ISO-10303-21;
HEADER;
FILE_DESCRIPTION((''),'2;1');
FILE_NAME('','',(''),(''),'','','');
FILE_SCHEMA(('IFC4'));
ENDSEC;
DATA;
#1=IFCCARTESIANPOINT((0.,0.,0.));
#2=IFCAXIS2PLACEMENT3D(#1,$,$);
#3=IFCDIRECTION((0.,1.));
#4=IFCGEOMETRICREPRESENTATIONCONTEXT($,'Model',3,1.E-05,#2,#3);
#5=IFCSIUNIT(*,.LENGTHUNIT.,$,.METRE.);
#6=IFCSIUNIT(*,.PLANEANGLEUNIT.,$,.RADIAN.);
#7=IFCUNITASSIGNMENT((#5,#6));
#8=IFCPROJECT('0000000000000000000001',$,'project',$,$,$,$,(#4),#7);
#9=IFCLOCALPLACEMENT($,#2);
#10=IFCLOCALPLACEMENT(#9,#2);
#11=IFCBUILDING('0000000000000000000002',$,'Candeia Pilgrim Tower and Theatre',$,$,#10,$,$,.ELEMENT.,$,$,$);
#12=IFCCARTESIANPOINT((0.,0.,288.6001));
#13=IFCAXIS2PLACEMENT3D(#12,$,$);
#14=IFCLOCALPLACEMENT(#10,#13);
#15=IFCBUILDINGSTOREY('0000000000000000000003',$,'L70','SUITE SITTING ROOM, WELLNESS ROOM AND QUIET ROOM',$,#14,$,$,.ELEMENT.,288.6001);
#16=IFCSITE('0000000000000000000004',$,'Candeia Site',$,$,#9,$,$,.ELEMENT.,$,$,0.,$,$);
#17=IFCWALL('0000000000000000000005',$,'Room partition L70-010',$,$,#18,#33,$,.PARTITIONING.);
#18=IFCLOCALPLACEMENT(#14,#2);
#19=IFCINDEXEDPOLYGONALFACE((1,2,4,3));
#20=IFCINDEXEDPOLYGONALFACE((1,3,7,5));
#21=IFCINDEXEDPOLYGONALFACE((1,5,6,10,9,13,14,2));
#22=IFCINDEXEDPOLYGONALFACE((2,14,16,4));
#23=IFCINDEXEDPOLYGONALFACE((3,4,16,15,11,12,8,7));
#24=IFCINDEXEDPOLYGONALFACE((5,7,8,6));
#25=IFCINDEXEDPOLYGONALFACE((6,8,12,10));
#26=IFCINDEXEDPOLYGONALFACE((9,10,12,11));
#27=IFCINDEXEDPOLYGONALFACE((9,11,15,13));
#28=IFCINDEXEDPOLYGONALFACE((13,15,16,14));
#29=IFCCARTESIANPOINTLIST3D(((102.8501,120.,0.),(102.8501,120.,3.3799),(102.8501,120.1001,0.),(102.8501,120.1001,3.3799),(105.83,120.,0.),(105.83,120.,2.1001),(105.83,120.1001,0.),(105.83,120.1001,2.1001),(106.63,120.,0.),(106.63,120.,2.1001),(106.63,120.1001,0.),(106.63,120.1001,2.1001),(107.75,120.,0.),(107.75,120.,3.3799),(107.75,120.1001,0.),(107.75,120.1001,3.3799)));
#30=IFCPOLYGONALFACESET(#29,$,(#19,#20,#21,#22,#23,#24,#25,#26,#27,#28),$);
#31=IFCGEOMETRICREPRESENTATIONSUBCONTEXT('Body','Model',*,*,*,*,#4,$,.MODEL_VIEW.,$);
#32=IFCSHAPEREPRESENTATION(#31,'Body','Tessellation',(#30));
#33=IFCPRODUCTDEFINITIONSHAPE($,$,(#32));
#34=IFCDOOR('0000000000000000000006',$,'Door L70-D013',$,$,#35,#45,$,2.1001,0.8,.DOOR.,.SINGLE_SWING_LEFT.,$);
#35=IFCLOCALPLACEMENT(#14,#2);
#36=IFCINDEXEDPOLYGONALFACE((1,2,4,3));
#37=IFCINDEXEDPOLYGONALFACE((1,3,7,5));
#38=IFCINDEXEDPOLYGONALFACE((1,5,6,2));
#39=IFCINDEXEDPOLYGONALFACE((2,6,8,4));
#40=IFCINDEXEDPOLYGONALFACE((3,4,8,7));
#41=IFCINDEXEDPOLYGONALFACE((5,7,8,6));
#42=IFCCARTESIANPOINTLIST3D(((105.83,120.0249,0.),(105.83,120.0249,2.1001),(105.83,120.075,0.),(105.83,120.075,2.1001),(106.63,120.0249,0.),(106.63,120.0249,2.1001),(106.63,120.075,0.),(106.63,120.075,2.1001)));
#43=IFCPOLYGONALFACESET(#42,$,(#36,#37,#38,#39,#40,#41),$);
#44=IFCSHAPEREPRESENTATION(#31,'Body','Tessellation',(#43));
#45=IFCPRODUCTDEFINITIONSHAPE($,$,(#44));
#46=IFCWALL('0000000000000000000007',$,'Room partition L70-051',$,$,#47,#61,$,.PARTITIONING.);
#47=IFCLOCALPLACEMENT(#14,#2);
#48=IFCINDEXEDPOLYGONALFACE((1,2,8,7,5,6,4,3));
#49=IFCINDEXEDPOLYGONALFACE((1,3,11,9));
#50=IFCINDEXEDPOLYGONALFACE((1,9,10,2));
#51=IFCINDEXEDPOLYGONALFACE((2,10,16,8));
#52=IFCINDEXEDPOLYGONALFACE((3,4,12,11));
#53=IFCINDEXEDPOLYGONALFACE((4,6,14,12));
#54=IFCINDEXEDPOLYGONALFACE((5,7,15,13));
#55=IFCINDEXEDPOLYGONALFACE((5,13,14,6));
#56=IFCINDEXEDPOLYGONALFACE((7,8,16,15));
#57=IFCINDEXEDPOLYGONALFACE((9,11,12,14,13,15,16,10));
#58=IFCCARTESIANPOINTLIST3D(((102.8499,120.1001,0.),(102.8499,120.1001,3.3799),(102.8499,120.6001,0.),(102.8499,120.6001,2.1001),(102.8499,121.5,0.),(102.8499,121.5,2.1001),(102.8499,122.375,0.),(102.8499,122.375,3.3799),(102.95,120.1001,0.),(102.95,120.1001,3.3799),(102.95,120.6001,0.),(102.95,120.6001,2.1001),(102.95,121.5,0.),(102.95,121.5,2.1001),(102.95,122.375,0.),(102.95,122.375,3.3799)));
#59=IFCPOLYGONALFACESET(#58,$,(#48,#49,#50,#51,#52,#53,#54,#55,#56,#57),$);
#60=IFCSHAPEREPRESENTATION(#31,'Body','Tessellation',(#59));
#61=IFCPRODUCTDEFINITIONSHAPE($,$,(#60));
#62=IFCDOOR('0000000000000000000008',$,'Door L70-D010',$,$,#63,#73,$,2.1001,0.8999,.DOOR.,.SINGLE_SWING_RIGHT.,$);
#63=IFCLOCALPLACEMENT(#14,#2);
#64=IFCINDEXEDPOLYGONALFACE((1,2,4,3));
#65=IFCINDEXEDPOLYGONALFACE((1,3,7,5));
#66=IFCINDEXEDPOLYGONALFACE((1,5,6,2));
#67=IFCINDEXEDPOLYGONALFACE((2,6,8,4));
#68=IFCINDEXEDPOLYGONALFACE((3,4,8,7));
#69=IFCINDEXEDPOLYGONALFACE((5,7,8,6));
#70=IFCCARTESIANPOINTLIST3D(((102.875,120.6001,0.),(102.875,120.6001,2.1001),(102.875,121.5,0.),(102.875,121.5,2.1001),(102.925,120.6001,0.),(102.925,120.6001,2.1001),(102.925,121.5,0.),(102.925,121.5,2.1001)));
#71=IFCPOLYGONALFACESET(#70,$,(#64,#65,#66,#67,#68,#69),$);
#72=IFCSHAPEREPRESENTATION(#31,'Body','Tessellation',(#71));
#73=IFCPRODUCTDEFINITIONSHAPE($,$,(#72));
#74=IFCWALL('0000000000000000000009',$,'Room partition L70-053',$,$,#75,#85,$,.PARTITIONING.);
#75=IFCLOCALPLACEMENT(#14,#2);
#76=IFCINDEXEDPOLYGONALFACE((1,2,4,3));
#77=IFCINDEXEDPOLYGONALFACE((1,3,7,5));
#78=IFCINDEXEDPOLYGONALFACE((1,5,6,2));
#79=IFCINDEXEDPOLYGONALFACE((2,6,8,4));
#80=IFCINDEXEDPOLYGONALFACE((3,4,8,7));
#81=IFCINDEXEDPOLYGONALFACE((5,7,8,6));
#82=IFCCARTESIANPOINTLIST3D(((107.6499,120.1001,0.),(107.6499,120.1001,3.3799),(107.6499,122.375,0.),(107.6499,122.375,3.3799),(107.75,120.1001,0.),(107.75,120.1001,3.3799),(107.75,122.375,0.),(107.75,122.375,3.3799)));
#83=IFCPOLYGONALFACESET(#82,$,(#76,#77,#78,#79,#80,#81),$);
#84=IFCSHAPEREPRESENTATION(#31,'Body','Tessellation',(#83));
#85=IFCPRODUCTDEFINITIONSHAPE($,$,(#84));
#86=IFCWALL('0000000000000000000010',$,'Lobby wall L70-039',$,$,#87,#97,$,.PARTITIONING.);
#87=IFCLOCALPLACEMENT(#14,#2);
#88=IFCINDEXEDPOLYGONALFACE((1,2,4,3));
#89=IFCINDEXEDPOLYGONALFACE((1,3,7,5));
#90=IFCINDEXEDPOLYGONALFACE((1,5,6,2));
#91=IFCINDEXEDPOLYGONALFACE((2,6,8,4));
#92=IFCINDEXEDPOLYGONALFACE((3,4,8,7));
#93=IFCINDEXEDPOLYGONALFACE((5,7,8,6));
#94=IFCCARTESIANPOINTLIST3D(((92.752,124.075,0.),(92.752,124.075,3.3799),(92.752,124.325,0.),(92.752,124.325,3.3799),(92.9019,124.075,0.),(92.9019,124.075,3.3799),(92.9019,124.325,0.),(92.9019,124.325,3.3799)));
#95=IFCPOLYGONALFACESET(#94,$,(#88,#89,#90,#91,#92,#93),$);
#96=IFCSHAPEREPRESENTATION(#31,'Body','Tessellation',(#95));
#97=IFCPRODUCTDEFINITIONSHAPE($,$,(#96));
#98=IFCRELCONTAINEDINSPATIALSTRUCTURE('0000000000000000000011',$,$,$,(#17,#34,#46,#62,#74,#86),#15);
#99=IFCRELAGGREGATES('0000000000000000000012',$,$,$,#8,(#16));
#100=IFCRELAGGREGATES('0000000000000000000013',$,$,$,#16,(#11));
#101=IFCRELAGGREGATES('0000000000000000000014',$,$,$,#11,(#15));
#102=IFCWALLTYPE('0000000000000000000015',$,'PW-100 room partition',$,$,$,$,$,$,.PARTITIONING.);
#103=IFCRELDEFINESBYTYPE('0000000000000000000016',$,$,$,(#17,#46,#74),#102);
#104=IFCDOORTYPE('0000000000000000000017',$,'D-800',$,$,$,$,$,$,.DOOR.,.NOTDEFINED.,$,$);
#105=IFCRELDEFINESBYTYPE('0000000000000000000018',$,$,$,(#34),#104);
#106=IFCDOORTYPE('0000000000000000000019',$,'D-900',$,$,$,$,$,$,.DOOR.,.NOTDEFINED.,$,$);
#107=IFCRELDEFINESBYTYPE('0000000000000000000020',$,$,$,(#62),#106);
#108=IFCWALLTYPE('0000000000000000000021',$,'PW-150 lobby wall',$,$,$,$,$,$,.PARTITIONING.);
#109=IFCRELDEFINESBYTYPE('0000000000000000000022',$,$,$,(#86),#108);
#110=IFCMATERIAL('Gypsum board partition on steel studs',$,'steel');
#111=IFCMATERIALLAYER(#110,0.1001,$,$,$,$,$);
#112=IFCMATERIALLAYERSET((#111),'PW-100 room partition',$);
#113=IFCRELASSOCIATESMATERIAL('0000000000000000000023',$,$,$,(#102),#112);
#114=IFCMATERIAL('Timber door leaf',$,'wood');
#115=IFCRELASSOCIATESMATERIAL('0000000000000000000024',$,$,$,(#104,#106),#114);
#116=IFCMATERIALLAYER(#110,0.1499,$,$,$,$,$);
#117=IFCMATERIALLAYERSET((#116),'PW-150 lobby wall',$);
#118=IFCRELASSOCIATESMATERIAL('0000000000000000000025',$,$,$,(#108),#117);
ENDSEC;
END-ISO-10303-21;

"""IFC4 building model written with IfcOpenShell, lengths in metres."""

from ifc_helpers import new_model, si_unit, direction, frame, frame_2d, origin, place, context, subcontext, project, spatial, rectangle, extrude, material, layer, layer_set, type_object, element, fill, save


model = new_model("IFC4")

# Units and contexts
model_context = context("Model", 3, precision=1e-05, world=origin(), true_north=direction((0.0, 1.0)))
body_context = subcontext(model_context, "Body", "Model", "MODEL_VIEW")
ifc_project = project(units=[si_unit("LENGTHUNIT", "METRE"), si_unit("PLANEANGLEUNIT", "RADIAN")], contexts=[model_context])

# Site, building, storey
site_placement = place(None, origin())
site = spatial("IfcSite", under=ifc_project, at=site_placement, Name="Candeia Site", CompositionType="ELEMENT", RefElevation=0.0)
building_placement = place(site_placement, origin())
building = spatial("IfcBuilding", under=site, at=building_placement, Name="Candeia Pilgrim Tower and Theatre", CompositionType="ELEMENT")
storey_placement = place(building_placement, frame((0.0, 0.0, 288.6001)))
storey = spatial("IfcBuildingStorey", under=building, at=storey_placement, Name="L70", Description="SUITE SITTING ROOM, WELLNESS ROOM AND QUIET ROOM", CompositionType="ELEMENT", Elevation=288.6001)

# Walls, openings, doors
ifc_material_1 = material(Name="Gypsum board partition on steel studs", Category="steel")
ifc_layer_1 = layer(ifc_material_1, 0.1001)
ifc_layer_set_1 = layer_set([ifc_layer_1], Name="PW-100 room partition")
wall_type_1 = type_object("IfcWallType", Name="PW-100 room partition", PredefinedType="PARTITIONING", material=ifc_layer_set_1)
wall_1_placement = place(storey_placement, frame((102.8501, 120.05, 0.0), z_axis=(0.0, 0.0, 1.0), x_axis=(1.0, 0.0, 0.0)))
wall_1 = element("IfcWall", 1, at=wall_1_placement, inside=storey, type_object=wall_type_1, Name="Room partition L70-010", PredefinedType="PARTITIONING", context=body_context, shape_type="SweptSolid", body=[
    extrude(rectangle(XDim=4.8999, YDim=0.1001, at=frame_2d((2.45, 0.0))), origin(), (0.0, 0.0, 1.0), 3.3799),
])
opening_1_placement = place(wall_1_placement, frame((2.98, 0.0, 0.0)))
opening_1 = element("IfcOpeningElement", 2, at=opening_1_placement, cuts=wall_1, PredefinedType="OPENING", context=body_context, shape_type="SweptSolid", body=[
    extrude(rectangle(XDim=0.8, YDim=2.1001, at=frame_2d((0.3999, 1.05))), frame((0.0, 0.0601, 0.0), z_axis=(0.0, -1.0, 0.0), x_axis=(1.0, 0.0, 0.0)), (0.0, 0.0, 1.0), 0.1201),
])
ifc_material_2 = material(Name="Timber door leaf", Category="wood")
door_type_1 = type_object("IfcDoorType", Name="D-800", OperationType="NOTDEFINED", PredefinedType="DOOR", material=ifc_material_2)
door_1_placement = place(opening_1_placement, origin())
door_1 = element("IfcDoor", 3, at=door_1_placement, inside=storey, type_object=door_type_1, Name="Door L70-D013", OperationType="SINGLE_SWING_LEFT", OverallHeight=2.1001, OverallWidth=0.8, PredefinedType="DOOR", context=body_context, shape_type="SweptSolid", body=[
    extrude(rectangle(XDim=0.8, YDim=2.1001, at=frame_2d((0.3999, 1.05))), frame((0.0, 0.0249, 0.0), z_axis=(0.0, -1.0, 0.0), x_axis=(1.0, 0.0, 0.0)), (0.0, 0.0, 1.0), 0.05),
])
fill(opening_1, door_1)
wall_2_placement = place(storey_placement, frame((102.8999, 120.1001, 0.0), z_axis=(0.0, 0.0, 1.0), x_axis=(0.0, 1.0, 0.0)))
wall_2 = element("IfcWall", 4, at=wall_2_placement, inside=storey, type_object=wall_type_1, Name="Room partition L70-051", PredefinedType="PARTITIONING", context=body_context, shape_type="SweptSolid", body=[
    extrude(rectangle(XDim=2.2749, YDim=0.1001, at=frame_2d((1.1375, 0.0))), origin(), (0.0, 0.0, 1.0), 3.3799),
])
opening_2_placement = place(wall_2_placement, frame((0.5, 0.0, 0.0)))
opening_2 = element("IfcOpeningElement", 5, at=opening_2_placement, cuts=wall_2, PredefinedType="OPENING", context=body_context, shape_type="SweptSolid", body=[
    extrude(rectangle(XDim=0.8999, YDim=2.1001, at=frame_2d((0.45, 1.05))), frame((0.0, 0.0601, 0.0), z_axis=(0.0, -1.0, 0.0), x_axis=(1.0, 0.0, 0.0)), (0.0, 0.0, 1.0), 0.1201),
])
door_type_2 = type_object("IfcDoorType", Name="D-900", OperationType="NOTDEFINED", PredefinedType="DOOR", material=ifc_material_2)
door_2_placement = place(opening_2_placement, origin())
door_2 = element("IfcDoor", 6, at=door_2_placement, inside=storey, type_object=door_type_2, Name="Door L70-D010", OperationType="SINGLE_SWING_RIGHT", OverallHeight=2.1001, OverallWidth=0.8999, PredefinedType="DOOR", context=body_context, shape_type="SweptSolid", body=[
    extrude(rectangle(XDim=0.8999, YDim=2.1001, at=frame_2d((0.45, 1.05))), frame((0.0, 0.0249, 0.0), z_axis=(0.0, -1.0, 0.0), x_axis=(1.0, 0.0, 0.0)), (0.0, 0.0, 1.0), 0.05),
])
fill(opening_2, door_2)

# Walls
wall_3_placement = place(storey_placement, frame((107.7, 120.1001, 0.0), z_axis=(0.0, 0.0, 1.0), x_axis=(0.0, 1.0, 0.0)))
element("IfcWall", 7, at=wall_3_placement, inside=storey, type_object=wall_type_1, Name="Room partition L70-053", PredefinedType="PARTITIONING", context=body_context, shape_type="SweptSolid", body=[
    extrude(rectangle(XDim=2.2749, YDim=0.1001, at=frame_2d((1.1375, 0.0))), origin(), (0.0, 0.0, 1.0), 3.3799),
])
ifc_layer_2 = layer(ifc_material_1, 0.1499)
ifc_layer_set_2 = layer_set([ifc_layer_2], Name="PW-150 lobby wall")
wall_type_2 = type_object("IfcWallType", Name="PW-150 lobby wall", PredefinedType="PARTITIONING", material=ifc_layer_set_2)
wall_4_placement = place(storey_placement, frame((92.8269, 124.075, 0.0), z_axis=(0.0, 0.0, 1.0), x_axis=(0.0, 1.0, 0.0)))
element("IfcWall", 8, at=wall_4_placement, inside=storey, type_object=wall_type_2, Name="Lobby wall L70-039", PredefinedType="PARTITIONING", context=body_context, shape_type="SweptSolid", body=[
    extrude(rectangle(XDim=0.25, YDim=0.1499, at=frame_2d((0.125, 0.0))), origin(), (0.0, 0.0, 1.0), 3.3799),
])

save(model, "model.ifc")
